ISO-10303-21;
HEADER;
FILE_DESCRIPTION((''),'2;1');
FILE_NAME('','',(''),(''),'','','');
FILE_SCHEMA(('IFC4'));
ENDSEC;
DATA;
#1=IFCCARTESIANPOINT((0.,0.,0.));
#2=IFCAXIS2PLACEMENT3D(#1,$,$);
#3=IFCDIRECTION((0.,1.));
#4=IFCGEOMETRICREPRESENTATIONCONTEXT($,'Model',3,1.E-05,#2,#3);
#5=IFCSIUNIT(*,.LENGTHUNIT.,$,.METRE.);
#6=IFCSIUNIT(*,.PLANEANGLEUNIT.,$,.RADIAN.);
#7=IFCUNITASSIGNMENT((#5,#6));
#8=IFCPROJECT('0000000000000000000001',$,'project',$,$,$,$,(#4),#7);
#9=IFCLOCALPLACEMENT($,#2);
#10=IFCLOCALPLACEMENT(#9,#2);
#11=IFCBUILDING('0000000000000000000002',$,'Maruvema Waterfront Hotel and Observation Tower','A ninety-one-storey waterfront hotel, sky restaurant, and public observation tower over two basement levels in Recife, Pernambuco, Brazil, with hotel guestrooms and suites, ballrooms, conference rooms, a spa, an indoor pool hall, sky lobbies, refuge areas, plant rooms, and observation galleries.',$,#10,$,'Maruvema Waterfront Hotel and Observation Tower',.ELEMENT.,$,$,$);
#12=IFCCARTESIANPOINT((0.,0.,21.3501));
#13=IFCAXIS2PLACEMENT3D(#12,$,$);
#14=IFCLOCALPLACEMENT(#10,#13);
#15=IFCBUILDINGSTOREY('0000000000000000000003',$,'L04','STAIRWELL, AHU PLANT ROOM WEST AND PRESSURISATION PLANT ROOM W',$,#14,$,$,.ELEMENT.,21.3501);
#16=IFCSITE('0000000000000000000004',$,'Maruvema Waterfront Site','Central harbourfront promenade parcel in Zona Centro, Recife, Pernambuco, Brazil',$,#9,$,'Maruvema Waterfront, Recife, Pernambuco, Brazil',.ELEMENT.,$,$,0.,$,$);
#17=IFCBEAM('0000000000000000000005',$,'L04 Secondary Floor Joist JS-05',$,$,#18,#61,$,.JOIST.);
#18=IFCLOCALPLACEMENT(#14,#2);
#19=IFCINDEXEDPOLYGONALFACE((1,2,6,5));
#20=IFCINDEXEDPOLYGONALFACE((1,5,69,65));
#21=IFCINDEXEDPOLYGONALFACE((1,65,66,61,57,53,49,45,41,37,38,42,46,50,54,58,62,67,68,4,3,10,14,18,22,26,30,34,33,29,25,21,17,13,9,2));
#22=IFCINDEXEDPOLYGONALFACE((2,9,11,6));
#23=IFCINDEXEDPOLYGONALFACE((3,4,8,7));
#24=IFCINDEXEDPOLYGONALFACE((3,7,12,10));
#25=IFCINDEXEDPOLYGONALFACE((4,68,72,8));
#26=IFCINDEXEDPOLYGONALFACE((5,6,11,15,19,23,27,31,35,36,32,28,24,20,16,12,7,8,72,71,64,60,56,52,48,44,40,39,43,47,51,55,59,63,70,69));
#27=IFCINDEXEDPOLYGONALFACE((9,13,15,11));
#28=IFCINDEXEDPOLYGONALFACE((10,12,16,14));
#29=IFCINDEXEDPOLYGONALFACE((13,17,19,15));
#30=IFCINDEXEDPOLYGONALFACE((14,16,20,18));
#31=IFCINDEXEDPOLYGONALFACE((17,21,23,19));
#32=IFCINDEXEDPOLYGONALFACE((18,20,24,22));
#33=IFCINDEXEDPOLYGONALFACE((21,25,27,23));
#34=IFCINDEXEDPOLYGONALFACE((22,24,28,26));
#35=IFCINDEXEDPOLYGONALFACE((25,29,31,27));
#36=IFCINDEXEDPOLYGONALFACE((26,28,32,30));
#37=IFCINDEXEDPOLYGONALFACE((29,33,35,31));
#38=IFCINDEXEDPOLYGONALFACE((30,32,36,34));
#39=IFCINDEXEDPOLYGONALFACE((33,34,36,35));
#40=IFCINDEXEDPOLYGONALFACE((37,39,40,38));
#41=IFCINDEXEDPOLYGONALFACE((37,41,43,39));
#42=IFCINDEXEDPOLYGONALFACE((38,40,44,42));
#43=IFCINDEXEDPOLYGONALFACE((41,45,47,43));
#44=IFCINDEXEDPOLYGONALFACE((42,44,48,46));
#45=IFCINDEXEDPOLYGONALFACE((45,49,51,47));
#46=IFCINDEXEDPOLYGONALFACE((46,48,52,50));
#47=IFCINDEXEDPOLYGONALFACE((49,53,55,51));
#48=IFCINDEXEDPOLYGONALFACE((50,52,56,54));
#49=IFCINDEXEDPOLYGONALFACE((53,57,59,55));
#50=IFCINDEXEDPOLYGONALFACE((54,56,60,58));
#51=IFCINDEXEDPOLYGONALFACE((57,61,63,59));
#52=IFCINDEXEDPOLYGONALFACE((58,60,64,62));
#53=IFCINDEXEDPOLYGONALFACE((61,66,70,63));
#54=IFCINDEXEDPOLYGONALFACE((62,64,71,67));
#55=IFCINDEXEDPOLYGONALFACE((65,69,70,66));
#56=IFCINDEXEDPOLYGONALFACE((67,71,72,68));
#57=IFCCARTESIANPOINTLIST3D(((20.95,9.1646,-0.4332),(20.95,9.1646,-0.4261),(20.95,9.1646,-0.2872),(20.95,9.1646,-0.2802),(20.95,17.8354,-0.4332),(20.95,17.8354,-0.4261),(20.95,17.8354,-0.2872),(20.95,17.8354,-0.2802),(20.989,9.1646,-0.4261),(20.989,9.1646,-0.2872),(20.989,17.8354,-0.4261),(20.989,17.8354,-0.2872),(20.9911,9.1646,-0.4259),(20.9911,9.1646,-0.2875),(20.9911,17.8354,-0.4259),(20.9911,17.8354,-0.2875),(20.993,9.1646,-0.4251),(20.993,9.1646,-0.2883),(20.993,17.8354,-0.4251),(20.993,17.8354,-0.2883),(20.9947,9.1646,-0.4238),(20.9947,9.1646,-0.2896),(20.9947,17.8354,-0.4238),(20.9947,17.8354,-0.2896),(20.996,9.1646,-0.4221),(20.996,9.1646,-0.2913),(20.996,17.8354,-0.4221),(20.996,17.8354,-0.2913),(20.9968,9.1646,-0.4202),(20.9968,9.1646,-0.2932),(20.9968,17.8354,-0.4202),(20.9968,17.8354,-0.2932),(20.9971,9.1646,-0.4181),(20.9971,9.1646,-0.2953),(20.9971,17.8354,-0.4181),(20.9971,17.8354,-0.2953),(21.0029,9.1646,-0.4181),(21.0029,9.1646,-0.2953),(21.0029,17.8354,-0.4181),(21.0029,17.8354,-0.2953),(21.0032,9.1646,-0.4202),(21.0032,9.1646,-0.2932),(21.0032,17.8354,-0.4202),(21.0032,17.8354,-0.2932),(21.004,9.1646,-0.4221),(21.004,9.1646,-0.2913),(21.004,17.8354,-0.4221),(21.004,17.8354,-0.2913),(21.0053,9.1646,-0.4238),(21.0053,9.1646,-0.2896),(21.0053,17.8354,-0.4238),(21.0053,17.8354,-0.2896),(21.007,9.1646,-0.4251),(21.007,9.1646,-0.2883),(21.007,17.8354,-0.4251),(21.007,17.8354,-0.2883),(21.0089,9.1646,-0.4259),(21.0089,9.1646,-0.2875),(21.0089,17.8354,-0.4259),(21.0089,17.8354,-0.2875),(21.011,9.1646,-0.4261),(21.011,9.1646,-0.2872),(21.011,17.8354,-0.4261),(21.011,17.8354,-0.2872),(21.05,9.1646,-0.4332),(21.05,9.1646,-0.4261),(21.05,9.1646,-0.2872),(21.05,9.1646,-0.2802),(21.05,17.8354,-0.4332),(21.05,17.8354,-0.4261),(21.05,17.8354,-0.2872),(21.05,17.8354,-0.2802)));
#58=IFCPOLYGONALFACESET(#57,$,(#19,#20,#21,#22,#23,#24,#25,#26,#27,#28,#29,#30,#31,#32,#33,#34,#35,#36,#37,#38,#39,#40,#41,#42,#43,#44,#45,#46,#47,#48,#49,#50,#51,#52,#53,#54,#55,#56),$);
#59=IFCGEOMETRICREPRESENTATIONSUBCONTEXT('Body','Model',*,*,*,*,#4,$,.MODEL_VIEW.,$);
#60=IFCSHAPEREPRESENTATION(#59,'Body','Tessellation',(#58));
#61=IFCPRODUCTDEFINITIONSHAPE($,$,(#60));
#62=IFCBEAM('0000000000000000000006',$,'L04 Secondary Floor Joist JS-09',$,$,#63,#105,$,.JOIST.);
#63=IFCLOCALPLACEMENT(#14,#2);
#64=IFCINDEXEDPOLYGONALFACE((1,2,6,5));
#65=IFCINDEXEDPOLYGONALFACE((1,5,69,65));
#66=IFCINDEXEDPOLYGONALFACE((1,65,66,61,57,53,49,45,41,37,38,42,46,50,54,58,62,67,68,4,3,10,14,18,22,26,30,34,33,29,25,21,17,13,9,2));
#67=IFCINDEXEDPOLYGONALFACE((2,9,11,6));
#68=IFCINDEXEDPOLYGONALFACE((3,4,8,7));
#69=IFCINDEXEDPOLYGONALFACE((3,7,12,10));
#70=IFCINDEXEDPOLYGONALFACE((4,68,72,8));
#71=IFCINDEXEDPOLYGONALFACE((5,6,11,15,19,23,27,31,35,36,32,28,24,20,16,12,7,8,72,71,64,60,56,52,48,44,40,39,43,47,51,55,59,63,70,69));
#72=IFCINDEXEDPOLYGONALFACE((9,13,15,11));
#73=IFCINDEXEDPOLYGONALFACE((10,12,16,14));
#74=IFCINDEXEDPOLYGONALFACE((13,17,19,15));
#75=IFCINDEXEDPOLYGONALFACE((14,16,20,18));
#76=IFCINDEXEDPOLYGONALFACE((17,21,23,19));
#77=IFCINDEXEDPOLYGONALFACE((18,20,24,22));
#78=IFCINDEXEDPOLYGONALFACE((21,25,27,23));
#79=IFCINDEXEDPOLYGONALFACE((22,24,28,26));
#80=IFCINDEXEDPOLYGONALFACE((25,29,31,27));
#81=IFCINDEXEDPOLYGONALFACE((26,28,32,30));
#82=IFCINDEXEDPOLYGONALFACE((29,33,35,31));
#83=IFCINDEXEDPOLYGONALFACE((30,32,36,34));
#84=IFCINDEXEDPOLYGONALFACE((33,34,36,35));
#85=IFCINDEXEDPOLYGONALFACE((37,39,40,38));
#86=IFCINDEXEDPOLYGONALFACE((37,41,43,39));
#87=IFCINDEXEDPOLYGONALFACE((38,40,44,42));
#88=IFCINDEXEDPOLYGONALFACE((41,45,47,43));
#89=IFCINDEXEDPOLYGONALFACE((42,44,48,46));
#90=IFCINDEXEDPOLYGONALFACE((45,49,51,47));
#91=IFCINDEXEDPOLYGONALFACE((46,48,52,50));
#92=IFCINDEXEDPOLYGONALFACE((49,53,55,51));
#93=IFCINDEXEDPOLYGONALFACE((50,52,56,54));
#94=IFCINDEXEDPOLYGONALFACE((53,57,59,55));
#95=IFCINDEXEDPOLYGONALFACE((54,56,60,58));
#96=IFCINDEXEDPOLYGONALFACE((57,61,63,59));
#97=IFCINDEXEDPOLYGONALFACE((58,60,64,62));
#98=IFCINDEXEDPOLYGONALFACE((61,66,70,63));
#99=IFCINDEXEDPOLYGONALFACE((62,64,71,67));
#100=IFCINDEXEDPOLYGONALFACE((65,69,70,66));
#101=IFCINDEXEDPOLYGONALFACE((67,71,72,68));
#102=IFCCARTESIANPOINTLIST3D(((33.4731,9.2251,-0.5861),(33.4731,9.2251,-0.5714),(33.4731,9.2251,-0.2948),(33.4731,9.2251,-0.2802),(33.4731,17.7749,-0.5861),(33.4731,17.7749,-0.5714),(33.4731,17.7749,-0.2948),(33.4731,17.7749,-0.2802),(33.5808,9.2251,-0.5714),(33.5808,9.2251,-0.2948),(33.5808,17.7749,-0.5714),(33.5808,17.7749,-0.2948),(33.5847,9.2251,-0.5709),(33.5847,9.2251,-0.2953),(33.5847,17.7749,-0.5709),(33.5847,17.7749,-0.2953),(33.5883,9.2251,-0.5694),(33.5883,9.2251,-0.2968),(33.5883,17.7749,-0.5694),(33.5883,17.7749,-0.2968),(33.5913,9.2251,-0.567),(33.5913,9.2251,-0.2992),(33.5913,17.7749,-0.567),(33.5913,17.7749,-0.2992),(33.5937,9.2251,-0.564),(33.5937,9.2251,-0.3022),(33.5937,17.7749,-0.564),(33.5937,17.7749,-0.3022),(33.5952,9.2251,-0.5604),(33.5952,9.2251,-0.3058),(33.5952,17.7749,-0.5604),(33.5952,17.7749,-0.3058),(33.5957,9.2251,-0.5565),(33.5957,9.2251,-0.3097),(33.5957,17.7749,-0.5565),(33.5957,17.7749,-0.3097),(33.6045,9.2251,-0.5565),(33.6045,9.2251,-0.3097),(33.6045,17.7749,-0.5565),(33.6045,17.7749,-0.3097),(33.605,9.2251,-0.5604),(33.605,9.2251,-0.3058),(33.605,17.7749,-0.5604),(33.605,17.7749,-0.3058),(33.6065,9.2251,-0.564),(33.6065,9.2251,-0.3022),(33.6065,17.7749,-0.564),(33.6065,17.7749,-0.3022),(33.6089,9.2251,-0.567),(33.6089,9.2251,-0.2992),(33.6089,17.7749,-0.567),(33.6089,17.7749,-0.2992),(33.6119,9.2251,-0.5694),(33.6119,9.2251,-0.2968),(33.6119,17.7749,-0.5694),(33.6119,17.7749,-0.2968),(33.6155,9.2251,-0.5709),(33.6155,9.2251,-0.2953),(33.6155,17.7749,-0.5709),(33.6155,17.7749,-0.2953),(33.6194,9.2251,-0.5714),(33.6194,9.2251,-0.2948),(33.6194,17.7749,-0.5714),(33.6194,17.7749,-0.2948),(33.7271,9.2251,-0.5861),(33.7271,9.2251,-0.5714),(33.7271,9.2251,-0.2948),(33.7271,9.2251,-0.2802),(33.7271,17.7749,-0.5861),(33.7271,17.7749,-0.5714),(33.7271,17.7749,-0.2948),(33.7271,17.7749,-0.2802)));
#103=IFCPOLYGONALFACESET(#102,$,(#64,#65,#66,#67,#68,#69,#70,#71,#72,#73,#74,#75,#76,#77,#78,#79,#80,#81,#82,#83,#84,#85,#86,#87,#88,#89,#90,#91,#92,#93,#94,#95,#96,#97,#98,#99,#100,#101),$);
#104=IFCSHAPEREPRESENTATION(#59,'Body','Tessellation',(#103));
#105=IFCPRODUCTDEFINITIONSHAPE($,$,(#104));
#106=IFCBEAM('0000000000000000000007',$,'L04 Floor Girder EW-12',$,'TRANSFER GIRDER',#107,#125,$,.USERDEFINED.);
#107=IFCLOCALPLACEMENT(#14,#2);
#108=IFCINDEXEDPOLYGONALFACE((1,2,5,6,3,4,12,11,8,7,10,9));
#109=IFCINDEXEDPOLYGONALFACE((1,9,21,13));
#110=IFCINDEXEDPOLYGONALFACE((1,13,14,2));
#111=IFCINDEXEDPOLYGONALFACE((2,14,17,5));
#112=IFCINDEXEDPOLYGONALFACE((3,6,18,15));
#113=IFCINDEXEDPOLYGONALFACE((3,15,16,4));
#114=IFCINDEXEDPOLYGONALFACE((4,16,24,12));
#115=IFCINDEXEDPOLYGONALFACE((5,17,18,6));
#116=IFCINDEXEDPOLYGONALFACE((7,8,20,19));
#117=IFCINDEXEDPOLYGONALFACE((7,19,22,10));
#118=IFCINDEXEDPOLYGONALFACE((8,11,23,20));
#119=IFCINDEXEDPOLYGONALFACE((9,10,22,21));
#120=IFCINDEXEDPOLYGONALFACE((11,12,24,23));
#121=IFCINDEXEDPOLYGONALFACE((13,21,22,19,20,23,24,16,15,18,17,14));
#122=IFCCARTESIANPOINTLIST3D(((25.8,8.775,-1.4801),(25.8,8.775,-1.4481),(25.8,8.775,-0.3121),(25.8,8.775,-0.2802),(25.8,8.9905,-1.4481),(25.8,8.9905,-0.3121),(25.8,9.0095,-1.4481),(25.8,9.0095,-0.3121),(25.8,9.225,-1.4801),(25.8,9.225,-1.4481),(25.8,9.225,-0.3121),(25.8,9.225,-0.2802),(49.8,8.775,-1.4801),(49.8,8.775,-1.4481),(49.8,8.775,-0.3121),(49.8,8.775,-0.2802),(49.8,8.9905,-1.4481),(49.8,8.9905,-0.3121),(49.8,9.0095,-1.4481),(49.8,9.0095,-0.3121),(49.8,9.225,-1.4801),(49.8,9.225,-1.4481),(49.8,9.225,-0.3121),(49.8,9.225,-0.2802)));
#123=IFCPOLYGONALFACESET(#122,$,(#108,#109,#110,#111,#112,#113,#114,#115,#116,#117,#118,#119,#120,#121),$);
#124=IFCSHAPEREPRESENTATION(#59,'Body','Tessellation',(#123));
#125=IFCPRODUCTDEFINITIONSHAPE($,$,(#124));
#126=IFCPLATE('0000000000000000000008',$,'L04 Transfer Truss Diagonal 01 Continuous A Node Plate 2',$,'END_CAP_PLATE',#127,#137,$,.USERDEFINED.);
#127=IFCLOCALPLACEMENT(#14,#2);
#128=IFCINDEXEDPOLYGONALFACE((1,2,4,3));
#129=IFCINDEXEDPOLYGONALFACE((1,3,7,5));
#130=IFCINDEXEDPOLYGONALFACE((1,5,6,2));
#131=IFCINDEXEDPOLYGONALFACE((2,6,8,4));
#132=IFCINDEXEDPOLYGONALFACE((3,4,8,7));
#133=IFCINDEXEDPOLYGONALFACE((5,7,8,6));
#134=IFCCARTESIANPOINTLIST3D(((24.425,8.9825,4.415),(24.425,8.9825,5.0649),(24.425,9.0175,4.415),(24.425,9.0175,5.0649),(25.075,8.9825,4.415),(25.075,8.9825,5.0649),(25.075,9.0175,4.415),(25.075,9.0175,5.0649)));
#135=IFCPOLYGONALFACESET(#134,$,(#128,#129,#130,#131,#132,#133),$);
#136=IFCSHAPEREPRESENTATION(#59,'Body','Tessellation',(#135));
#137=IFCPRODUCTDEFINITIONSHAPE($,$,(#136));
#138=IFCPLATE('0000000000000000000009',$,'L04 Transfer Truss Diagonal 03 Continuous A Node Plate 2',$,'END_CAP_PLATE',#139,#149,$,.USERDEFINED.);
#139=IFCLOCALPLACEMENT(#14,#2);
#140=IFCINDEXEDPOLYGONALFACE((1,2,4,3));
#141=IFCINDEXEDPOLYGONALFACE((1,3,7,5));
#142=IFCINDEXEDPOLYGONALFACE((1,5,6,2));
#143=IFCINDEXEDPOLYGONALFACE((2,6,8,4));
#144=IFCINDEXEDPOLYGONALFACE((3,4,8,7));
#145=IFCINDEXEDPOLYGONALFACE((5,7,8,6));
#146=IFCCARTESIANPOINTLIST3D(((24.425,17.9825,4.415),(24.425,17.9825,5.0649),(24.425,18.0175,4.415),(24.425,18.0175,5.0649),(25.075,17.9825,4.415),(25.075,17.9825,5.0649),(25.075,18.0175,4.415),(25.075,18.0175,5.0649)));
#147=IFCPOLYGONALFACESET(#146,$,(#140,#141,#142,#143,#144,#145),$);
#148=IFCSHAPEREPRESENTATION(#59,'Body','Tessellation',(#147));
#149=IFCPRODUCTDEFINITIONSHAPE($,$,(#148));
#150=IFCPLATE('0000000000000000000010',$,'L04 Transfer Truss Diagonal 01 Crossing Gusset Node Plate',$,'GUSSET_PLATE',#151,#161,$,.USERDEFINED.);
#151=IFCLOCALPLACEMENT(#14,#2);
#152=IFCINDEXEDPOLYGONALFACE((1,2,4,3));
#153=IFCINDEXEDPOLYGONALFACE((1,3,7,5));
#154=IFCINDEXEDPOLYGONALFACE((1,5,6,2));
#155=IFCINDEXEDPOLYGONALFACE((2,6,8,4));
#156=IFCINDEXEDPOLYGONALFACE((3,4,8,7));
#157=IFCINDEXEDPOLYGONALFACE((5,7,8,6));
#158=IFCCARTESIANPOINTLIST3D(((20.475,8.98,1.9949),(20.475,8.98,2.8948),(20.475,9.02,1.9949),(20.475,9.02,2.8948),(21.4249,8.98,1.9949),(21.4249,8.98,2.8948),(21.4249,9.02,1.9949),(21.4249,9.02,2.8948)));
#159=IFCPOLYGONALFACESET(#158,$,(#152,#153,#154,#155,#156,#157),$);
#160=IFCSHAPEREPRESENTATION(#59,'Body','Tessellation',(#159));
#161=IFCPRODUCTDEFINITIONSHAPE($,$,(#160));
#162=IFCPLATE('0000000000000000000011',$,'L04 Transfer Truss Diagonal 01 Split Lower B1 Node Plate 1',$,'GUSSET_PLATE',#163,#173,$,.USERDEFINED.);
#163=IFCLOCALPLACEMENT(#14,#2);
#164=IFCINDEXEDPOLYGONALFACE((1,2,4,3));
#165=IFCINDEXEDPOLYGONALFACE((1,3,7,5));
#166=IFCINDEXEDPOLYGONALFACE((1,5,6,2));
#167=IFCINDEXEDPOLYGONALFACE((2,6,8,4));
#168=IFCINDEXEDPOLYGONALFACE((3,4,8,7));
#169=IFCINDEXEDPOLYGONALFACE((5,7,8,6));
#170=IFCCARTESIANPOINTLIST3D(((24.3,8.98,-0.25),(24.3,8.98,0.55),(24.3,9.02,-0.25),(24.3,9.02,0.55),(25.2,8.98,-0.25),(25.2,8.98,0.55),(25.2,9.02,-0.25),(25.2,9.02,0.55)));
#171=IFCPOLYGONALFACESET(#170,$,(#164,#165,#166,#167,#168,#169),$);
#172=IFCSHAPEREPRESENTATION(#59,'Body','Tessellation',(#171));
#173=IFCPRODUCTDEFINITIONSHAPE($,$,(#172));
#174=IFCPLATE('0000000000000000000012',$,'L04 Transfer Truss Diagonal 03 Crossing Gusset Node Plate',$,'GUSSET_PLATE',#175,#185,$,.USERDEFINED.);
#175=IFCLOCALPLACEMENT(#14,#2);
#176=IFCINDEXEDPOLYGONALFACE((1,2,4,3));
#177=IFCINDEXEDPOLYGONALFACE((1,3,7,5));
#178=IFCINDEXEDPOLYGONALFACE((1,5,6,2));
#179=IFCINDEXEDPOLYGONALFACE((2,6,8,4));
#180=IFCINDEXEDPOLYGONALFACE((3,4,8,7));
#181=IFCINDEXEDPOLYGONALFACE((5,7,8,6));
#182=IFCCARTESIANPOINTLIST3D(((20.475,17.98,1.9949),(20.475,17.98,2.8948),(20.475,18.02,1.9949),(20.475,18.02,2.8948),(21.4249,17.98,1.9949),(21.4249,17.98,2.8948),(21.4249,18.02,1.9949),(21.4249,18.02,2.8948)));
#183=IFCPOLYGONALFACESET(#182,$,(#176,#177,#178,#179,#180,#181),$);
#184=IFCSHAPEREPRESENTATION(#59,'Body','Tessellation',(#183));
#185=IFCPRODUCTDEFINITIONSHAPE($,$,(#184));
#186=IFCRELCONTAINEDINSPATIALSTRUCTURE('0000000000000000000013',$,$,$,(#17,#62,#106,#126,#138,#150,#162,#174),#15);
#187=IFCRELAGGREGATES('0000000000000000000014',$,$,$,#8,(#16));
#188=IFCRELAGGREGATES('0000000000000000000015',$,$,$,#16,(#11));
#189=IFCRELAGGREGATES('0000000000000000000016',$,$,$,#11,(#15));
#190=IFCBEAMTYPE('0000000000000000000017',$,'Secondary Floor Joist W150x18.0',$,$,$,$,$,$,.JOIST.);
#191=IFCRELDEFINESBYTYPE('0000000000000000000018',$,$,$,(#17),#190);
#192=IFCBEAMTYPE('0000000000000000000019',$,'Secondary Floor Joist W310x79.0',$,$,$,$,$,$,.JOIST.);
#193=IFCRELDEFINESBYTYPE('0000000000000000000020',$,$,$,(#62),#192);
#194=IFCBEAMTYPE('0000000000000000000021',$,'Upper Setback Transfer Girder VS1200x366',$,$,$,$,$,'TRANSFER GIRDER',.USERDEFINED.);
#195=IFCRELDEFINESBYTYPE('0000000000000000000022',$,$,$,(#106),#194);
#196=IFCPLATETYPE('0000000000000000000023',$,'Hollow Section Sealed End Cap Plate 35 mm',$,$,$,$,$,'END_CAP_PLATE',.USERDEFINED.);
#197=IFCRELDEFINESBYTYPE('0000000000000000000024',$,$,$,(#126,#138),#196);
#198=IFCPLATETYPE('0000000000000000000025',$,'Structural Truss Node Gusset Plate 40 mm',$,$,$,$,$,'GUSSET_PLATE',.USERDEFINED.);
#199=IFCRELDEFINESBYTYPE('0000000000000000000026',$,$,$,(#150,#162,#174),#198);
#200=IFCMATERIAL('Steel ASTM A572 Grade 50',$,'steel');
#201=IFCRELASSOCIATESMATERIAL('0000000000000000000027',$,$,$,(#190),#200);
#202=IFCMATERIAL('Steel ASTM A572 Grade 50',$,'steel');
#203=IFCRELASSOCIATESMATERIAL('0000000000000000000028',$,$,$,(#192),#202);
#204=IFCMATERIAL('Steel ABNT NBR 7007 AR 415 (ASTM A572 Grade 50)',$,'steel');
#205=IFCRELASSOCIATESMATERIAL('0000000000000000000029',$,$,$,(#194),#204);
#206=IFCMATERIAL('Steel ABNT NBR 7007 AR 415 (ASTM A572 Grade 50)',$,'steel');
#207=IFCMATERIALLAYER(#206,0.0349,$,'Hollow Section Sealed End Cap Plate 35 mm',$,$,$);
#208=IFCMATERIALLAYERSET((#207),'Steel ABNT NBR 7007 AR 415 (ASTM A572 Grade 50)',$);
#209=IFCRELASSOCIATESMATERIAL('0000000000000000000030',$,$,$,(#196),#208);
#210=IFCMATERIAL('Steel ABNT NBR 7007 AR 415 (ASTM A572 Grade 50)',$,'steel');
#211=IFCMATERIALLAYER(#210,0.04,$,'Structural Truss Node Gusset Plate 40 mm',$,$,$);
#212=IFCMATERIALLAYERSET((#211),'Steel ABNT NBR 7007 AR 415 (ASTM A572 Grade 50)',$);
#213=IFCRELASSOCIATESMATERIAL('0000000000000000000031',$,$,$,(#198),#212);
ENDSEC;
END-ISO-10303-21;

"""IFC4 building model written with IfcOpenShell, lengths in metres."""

from ifc_helpers import new_model, si_unit, direction, frame, origin, origin_2d, place, context, subcontext, project, spatial, rectangle, i_section, extrude, material, layer, layer_set, material_profile, profile_set, type_object, element, save


model = new_model("IFC4")

# Units and contexts
model_context = context("Model", 3, precision=1e-05, world=origin(), true_north=direction((0.0, 1.0)))
body_context = subcontext(model_context, "Body", "Model", "MODEL_VIEW")
ifc_project = project(units=[si_unit("LENGTHUNIT", "METRE"), si_unit("PLANEANGLEUNIT", "RADIAN")], contexts=[model_context])

# Site, building, storey
site_placement = place(None, origin())
site = spatial("IfcSite", under=ifc_project, at=site_placement, Name="Maruvema Waterfront Site", Description="Central harbourfront promenade parcel in Zona Centro, Recife, Pernambuco, Brazil", LongName="Maruvema Waterfront, Recife, Pernambuco, Brazil", CompositionType="ELEMENT", RefElevation=0.0)
building_placement = place(site_placement, origin())
building = spatial("IfcBuilding", under=site, at=building_placement, Name="Maruvema Waterfront Hotel and Observation Tower", Description="A ninety-one-storey waterfront hotel, sky restaurant, and public observation tower over two basement levels in Recife, Pernambuco, Brazil, with hotel guestrooms and suites, ballrooms, conference rooms, a spa, an indoor pool hall, sky lobbies, refuge areas, plant rooms, and observation galleries.", LongName="Maruvema Waterfront Hotel and Observation Tower", CompositionType="ELEMENT")
storey_placement = place(building_placement, frame((0.0, 0.0, 21.3501)))
storey = spatial("IfcBuildingStorey", under=building, at=storey_placement, Name="L04", Description="STAIRWELL, AHU PLANT ROOM WEST AND PRESSURISATION PLANT ROOM W", CompositionType="ELEMENT", Elevation=21.3501)

# Beams
ifc_material_1 = material(Name="Steel ASTM A572 Grade 50", Category="steel")
ifc_material_profile_1 = material_profile(ifc_material_1, i_section(OverallWidth=0.1001, OverallDepth=0.1531, WebThickness=0.0059, FlangeThickness=0.0071, FilletRadius=0.0081, at=origin_2d()), Name="W150x18.0")
ifc_profile_set_1 = profile_set([ifc_material_profile_1], Name="Steel ASTM A572 Grade 50")
beam_type_1 = type_object("IfcBeamType", Name="Secondary Floor Joist W150x18.0", PredefinedType="JOIST", material=ifc_profile_set_1)
beam_1_placement = place(storey_placement, frame((21.0, 9.1646, -0.3567), z_axis=(0.0, 1.0, 0.0), x_axis=(-1.0, 0.0, 0.0)))
element("IfcBeam", 1, at=beam_1_placement, inside=storey, type_object=beam_type_1, Name="L04 Secondary Floor Joist JS-05", PredefinedType="JOIST", context=body_context, shape_type="SweptSolid", body=[
    extrude(i_section(OverallWidth=0.1001, OverallDepth=0.1531, WebThickness=0.0059, FlangeThickness=0.0071, FilletRadius=0.0081, at=origin_2d()), origin(), (0.0, 0.0, 1.0), 8.6709),
])
ifc_material_2 = material(Name="Steel ASTM A572 Grade 50", Category="steel")
ifc_material_profile_2 = material_profile(ifc_material_2, i_section(OverallWidth=0.2539, OverallDepth=0.3059, WebThickness=0.0088, FlangeThickness=0.0146, FilletRadius=0.0149, at=origin_2d()), Name="W310x79.0")
ifc_profile_set_2 = profile_set([ifc_material_profile_2], Name="Steel ASTM A572 Grade 50")
beam_type_2 = type_object("IfcBeamType", Name="Secondary Floor Joist W310x79.0", PredefinedType="JOIST", material=ifc_profile_set_2)
beam_2_placement = place(storey_placement, frame((33.6001, 9.2251, -0.4331), z_axis=(0.0, 1.0, 0.0), x_axis=(-1.0, 0.0, 0.0)))
element("IfcBeam", 2, at=beam_2_placement, inside=storey, type_object=beam_type_2, Name="L04 Secondary Floor Joist JS-09", PredefinedType="JOIST", context=body_context, shape_type="SweptSolid", body=[
    extrude(i_section(OverallWidth=0.2539, OverallDepth=0.3059, WebThickness=0.0088, FlangeThickness=0.0146, FilletRadius=0.0149, at=origin_2d()), origin(), (0.0, 0.0, 1.0), 8.5498),
])
ifc_material_3 = material(Name="Steel ABNT NBR 7007 AR 415 (ASTM A572 Grade 50)", Category="steel")
ifc_material_profile_3 = material_profile(ifc_material_3, i_section(OverallWidth=0.45, OverallDepth=1.2, WebThickness=0.019, FlangeThickness=0.032, at=origin_2d()), Name="VS1200x366")
ifc_profile_set_3 = profile_set([ifc_material_profile_3], Name="Steel ABNT NBR 7007 AR 415 (ASTM A572 Grade 50)")
beam_type_3 = type_object("IfcBeamType", Name="Upper Setback Transfer Girder VS1200x366", ElementType="TRANSFER GIRDER", PredefinedType="USERDEFINED", material=ifc_profile_set_3)
beam_3_placement = place(storey_placement, frame((25.8, 9.0, -0.8801), z_axis=(1.0, 0.0, 0.0), x_axis=(0.0, 1.0, 0.0)))
element("IfcBeam", 3, at=beam_3_placement, inside=storey, type_object=beam_type_3, Name="L04 Floor Girder EW-12", ObjectType="TRANSFER GIRDER", PredefinedType="USERDEFINED", context=body_context, shape_type="SweptSolid", body=[
    extrude(i_section(OverallWidth=0.45, OverallDepth=1.2, WebThickness=0.019, FlangeThickness=0.032, at=origin_2d()), origin(), (0.0, 0.0, 1.0), 24.0),
])

# Plates
ifc_material_4 = material(Name="Steel ABNT NBR 7007 AR 415 (ASTM A572 Grade 50)", Category="steel")
ifc_layer_1 = layer(ifc_material_4, 0.0349, Name="Hollow Section Sealed End Cap Plate 35 mm")
ifc_layer_set_1 = layer_set([ifc_layer_1], Name="Steel ABNT NBR 7007 AR 415 (ASTM A572 Grade 50)")
plate_type_1 = type_object("IfcPlateType", Name="Hollow Section Sealed End Cap Plate 35 mm", ElementType="END_CAP_PLATE", PredefinedType="USERDEFINED", material=ifc_layer_set_1)
for number, where, z_axis, x_axis, name in (
    (4, (24.75, 9.0, 4.415), (0.0, 0.0, 1.0), (1.0, 0.0, 0.0), "L04 Transfer Truss Diagonal 01 Continuous A Node Plate 2"),
    (5, (24.75, 18.0, 4.415), (0.0, 0.0, 1.0), (1.0, 0.0, 0.0), "L04 Transfer Truss Diagonal 03 Continuous A Node Plate 2"),
):
    element("IfcPlate", number, at=place(storey_placement, frame(where, z_axis=z_axis, x_axis=x_axis)), inside=storey, type_object=plate_type_1, Name=name, ObjectType="END_CAP_PLATE", PredefinedType="USERDEFINED", context=body_context, shape_type="SweptSolid", body=[
        extrude(rectangle(XDim=0.6499, YDim=0.0349, at=origin_2d()), origin(), (0.0, 0.0, 1.0), 0.6499),
    ])
ifc_material_5 = material(Name="Steel ABNT NBR 7007 AR 415 (ASTM A572 Grade 50)", Category="steel")
ifc_layer_2 = layer(ifc_material_5, 0.04, Name="Structural Truss Node Gusset Plate 40 mm")
ifc_layer_set_2 = layer_set([ifc_layer_2], Name="Steel ABNT NBR 7007 AR 415 (ASTM A572 Grade 50)")
plate_type_2 = type_object("IfcPlateType", Name="Structural Truss Node Gusset Plate 40 mm", ElementType="GUSSET_PLATE", PredefinedType="USERDEFINED", material=ifc_layer_set_2)
plate_1_placement = place(storey_placement, frame((20.95, 9.0, 1.9949), z_axis=(0.0, 0.0, 1.0), x_axis=(-1.0, 0.0, 0.0)))
element("IfcPlate", 6, at=plate_1_placement, inside=storey, type_object=plate_type_2, Name="L04 Transfer Truss Diagonal 01 Crossing Gusset Node Plate", ObjectType="GUSSET_PLATE", PredefinedType="USERDEFINED", context=body_context, shape_type="SweptSolid", body=[
    extrude(rectangle(XDim=0.95, YDim=0.04, at=origin_2d()), origin(), (0.0, 0.0, 1.0), 0.8999),
])
plate_2_placement = place(storey_placement, frame((24.75, 9.0, -0.25), z_axis=(0.0, 0.0, 1.0), x_axis=(-1.0, 0.0, 0.0)))
element("IfcPlate", 7, at=plate_2_placement, inside=storey, type_object=plate_type_2, Name="L04 Transfer Truss Diagonal 01 Split Lower B1 Node Plate 1", ObjectType="GUSSET_PLATE", PredefinedType="USERDEFINED", context=body_context, shape_type="SweptSolid", body=[
    extrude(rectangle(XDim=0.8999, YDim=0.04, at=origin_2d()), origin(), (0.0, 0.0, 1.0), 0.8),
])
plate_3_placement = place(storey_placement, frame((20.95, 18.0, 1.9949), z_axis=(0.0, 0.0, 1.0), x_axis=(-1.0, 0.0, 0.0)))
element("IfcPlate", 8, at=plate_3_placement, inside=storey, type_object=plate_type_2, Name="L04 Transfer Truss Diagonal 03 Crossing Gusset Node Plate", ObjectType="GUSSET_PLATE", PredefinedType="USERDEFINED", context=body_context, shape_type="SweptSolid", body=[
    extrude(rectangle(XDim=0.95, YDim=0.04, at=origin_2d()), origin(), (0.0, 0.0, 1.0), 0.8999),
])

save(model, "model.ifc")
